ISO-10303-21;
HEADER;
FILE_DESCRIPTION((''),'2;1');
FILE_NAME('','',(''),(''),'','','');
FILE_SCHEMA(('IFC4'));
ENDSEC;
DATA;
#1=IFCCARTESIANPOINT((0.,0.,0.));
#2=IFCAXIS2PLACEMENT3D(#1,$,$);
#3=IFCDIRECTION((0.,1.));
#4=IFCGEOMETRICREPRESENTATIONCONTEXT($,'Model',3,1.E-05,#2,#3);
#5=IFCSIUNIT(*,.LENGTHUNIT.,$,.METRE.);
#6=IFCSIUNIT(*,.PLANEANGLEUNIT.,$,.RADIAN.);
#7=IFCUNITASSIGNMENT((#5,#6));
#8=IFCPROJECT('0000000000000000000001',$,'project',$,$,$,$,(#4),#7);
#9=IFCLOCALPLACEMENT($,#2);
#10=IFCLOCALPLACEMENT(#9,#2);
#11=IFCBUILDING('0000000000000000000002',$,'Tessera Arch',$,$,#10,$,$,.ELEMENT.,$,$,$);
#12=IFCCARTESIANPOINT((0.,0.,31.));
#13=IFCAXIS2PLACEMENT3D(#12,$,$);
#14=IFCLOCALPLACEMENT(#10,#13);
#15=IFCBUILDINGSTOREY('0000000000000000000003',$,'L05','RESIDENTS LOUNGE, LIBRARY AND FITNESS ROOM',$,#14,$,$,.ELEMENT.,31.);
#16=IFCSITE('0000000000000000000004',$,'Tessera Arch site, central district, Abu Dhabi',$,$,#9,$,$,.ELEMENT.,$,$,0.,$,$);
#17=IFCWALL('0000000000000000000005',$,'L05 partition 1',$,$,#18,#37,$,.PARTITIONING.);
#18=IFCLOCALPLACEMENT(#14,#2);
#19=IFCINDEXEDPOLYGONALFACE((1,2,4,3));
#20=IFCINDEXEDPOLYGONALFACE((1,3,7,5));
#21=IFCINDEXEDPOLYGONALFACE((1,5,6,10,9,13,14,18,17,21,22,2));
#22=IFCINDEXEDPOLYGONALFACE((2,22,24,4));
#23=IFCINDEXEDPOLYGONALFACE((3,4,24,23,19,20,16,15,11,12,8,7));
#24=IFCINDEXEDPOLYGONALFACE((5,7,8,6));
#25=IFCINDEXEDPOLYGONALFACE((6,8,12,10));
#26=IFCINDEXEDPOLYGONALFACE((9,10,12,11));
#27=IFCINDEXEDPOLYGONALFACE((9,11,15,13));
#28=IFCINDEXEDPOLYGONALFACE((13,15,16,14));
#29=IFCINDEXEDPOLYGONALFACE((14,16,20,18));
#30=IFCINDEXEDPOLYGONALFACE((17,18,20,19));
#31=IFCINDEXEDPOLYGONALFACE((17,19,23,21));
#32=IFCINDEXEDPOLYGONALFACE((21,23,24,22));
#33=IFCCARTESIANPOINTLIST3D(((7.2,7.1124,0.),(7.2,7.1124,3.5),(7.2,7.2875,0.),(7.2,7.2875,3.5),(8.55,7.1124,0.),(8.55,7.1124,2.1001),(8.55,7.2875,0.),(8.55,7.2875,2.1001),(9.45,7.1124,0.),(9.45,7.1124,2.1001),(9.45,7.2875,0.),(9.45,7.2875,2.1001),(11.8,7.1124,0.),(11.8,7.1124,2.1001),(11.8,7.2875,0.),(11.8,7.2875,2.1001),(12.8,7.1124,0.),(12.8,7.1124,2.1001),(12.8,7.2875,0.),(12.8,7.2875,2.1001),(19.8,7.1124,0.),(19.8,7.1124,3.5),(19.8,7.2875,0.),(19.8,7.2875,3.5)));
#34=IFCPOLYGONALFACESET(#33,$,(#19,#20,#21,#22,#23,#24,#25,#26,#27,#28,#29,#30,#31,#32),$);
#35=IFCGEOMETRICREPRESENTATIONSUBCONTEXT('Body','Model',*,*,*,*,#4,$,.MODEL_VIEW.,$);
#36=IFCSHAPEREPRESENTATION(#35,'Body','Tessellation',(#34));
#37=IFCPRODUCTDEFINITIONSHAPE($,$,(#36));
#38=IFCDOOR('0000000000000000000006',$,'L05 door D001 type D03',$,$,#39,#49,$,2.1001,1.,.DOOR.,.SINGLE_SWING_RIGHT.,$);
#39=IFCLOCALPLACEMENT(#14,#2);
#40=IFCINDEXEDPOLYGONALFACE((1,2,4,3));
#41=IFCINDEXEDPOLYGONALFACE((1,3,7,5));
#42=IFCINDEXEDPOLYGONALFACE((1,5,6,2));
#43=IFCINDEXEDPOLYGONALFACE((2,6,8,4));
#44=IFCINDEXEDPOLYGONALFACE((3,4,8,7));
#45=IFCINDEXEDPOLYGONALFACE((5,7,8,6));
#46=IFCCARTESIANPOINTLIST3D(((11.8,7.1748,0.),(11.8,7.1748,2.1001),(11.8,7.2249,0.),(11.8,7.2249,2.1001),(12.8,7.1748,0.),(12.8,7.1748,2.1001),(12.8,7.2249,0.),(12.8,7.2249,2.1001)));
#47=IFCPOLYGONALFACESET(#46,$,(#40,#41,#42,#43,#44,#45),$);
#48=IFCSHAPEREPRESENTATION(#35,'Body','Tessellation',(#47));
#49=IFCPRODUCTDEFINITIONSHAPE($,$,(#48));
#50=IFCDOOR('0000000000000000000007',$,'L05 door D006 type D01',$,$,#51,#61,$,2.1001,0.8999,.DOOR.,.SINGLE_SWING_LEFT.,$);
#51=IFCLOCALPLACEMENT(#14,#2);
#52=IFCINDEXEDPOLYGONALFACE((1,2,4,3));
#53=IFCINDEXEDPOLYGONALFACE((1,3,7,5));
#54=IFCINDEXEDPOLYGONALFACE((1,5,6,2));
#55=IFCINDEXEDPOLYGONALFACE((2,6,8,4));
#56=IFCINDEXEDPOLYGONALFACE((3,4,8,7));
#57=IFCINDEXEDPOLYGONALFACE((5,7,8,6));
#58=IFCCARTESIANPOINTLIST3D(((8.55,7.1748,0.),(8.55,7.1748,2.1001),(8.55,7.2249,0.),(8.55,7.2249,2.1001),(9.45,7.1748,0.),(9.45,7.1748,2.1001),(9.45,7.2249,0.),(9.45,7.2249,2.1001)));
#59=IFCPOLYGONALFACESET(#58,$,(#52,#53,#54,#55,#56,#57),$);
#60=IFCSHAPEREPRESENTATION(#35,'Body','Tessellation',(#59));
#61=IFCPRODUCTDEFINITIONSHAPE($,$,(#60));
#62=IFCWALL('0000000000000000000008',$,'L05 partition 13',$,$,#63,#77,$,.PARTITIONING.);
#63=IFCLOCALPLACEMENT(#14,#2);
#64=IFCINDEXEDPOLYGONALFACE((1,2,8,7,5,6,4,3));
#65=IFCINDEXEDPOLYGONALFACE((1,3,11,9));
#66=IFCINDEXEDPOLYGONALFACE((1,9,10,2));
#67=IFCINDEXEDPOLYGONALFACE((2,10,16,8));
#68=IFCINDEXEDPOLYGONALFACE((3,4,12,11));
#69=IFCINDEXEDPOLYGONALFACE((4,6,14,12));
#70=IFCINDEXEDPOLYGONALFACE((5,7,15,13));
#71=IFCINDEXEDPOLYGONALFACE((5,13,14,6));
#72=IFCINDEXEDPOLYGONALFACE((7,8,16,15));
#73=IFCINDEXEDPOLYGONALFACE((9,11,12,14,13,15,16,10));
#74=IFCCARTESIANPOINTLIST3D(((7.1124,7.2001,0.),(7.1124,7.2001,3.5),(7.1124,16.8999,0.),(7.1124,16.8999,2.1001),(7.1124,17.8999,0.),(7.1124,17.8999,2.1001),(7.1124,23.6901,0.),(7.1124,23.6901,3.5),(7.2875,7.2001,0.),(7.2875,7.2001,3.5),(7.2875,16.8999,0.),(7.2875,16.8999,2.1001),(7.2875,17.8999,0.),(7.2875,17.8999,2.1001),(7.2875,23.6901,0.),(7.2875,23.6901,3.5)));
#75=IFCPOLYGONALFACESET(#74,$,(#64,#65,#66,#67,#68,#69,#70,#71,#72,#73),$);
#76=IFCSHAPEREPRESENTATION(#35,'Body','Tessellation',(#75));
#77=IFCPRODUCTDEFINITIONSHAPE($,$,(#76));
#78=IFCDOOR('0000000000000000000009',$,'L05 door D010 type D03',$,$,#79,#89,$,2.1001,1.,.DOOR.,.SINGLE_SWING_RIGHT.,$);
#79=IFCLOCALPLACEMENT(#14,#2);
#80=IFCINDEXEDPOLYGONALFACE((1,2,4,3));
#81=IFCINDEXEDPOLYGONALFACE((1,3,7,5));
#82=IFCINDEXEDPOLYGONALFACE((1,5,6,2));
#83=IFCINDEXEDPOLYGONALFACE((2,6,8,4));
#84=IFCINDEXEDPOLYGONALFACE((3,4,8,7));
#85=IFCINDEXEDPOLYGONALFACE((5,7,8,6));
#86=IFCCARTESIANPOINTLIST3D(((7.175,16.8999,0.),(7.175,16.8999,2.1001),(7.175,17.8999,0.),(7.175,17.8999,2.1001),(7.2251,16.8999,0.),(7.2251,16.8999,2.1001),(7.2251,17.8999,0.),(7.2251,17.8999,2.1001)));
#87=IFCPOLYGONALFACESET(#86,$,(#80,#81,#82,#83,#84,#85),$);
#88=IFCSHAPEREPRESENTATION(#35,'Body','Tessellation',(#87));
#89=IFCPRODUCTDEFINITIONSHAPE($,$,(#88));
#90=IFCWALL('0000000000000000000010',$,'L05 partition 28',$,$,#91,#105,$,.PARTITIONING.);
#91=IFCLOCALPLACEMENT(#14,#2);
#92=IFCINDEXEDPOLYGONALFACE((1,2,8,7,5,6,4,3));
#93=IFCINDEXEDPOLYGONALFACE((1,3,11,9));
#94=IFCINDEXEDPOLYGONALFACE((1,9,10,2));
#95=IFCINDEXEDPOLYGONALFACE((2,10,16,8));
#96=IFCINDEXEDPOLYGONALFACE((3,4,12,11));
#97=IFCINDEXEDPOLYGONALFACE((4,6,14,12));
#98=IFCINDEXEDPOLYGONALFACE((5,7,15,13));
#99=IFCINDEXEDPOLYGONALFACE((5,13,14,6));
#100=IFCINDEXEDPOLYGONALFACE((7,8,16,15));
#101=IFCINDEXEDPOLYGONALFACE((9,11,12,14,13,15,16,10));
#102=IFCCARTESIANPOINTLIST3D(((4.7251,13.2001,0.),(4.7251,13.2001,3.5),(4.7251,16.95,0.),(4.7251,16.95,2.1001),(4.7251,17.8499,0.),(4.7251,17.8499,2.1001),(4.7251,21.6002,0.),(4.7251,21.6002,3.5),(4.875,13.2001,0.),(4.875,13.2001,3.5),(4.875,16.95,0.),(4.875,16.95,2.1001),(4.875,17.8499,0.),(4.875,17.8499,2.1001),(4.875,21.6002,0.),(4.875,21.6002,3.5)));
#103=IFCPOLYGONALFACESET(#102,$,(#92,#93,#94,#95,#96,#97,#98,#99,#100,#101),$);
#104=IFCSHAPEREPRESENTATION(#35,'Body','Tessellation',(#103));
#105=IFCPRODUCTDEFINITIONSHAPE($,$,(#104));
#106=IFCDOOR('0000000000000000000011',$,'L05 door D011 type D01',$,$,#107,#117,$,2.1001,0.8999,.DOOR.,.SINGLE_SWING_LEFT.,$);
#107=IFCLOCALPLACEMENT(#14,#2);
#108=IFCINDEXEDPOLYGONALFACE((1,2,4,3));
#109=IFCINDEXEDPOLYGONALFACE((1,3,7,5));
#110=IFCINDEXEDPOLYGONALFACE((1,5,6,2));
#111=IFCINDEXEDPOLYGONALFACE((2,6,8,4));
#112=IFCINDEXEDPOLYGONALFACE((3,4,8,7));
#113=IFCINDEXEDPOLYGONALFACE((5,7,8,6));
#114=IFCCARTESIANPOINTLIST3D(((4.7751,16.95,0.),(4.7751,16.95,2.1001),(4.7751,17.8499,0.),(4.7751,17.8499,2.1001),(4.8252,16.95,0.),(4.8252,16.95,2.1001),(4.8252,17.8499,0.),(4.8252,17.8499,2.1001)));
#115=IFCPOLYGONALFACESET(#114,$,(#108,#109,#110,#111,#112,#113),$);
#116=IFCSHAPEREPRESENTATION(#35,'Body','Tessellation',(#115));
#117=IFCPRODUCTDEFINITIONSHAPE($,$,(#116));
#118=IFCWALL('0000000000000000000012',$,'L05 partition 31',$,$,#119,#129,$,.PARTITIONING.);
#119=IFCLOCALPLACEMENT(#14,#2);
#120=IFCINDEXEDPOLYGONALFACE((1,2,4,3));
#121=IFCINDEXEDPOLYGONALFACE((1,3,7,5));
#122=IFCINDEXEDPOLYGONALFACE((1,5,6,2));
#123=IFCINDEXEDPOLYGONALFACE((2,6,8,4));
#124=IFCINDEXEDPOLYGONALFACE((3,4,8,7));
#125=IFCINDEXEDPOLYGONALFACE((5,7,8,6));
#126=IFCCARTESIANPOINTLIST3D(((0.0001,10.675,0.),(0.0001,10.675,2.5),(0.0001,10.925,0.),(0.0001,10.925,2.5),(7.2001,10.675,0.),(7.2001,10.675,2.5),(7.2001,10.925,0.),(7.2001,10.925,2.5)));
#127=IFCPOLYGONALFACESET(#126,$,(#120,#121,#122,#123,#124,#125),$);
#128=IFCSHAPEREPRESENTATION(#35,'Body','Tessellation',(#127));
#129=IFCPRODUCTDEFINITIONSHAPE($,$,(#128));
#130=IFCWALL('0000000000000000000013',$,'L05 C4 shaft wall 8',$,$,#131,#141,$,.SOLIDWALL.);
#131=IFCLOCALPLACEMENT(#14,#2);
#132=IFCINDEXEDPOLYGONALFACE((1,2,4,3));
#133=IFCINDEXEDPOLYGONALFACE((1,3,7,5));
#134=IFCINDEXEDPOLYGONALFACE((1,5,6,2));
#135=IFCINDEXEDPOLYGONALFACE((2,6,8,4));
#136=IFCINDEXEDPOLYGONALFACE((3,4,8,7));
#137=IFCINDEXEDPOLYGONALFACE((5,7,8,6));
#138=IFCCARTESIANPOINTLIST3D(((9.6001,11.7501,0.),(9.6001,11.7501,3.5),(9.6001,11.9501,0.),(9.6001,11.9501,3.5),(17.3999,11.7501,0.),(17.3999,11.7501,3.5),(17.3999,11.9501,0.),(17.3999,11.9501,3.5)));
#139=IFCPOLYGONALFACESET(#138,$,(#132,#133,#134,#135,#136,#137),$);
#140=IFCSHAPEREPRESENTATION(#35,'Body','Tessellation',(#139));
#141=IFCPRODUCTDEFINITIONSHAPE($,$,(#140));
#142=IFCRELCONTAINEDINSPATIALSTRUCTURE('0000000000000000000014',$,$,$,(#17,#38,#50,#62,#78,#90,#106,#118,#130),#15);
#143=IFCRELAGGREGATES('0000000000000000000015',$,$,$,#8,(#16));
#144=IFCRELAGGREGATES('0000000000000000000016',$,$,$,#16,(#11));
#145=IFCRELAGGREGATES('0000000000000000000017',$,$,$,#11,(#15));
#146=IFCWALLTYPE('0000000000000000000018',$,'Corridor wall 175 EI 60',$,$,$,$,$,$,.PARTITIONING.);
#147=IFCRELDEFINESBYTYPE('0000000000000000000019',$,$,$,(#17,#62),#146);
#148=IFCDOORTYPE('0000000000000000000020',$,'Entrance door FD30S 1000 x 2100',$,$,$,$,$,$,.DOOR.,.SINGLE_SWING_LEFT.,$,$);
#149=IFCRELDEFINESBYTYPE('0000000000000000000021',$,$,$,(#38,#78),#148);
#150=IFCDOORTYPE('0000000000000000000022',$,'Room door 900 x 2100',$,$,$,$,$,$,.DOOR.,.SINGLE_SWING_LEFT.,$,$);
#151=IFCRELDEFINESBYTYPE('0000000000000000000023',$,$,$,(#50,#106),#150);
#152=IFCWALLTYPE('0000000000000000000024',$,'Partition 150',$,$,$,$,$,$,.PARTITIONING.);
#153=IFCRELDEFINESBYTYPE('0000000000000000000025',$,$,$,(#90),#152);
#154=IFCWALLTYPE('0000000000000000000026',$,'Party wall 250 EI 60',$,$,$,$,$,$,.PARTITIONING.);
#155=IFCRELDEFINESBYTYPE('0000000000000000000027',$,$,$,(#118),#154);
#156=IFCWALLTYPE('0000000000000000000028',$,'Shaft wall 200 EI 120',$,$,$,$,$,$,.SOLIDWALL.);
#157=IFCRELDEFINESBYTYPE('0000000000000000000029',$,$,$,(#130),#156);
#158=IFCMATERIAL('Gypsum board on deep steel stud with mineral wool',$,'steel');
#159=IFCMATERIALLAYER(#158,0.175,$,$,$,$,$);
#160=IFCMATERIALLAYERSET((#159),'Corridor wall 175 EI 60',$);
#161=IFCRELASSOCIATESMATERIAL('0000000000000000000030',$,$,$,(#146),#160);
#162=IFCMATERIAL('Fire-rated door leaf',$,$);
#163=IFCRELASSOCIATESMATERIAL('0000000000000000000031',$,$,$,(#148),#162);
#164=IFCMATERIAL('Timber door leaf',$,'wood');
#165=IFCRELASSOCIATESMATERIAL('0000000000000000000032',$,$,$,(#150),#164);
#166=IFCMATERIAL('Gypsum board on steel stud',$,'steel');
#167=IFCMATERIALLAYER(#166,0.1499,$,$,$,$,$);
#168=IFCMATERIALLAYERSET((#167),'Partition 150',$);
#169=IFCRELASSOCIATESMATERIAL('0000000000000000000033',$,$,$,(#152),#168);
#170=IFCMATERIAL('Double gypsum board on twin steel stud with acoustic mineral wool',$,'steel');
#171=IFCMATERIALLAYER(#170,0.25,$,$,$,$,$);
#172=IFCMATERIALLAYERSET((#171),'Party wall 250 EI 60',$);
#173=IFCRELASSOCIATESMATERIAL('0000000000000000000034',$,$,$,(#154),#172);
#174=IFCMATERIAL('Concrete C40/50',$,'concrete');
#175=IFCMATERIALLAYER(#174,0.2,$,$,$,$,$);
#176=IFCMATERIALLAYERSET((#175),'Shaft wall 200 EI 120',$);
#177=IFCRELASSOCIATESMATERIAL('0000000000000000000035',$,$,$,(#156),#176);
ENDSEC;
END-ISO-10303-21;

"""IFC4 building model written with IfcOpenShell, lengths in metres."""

from ifc_helpers import new_model, si_unit, direction, frame, frame_2d, origin, place, context, subcontext, project, spatial, rectangle, extrude, material, layer, layer_set, type_object, element, fill, save


model = new_model("IFC4")

# Units and contexts
model_context = context("Model", 3, precision=1e-05, world=origin(), true_north=direction((0.0, 1.0)))
body_context = subcontext(model_context, "Body", "Model", "MODEL_VIEW")
ifc_project = project(units=[si_unit("LENGTHUNIT", "METRE"), si_unit("PLANEANGLEUNIT", "RADIAN")], contexts=[model_context])

# Site, building, storey
site_placement = place(None, origin())
site = spatial("IfcSite", under=ifc_project, at=site_placement, Name="Tessera Arch site, central district, Abu Dhabi", CompositionType="ELEMENT", RefElevation=0.0)
building_placement = place(site_placement, origin())
building = spatial("IfcBuilding", under=site, at=building_placement, Name="Tessera Arch", CompositionType="ELEMENT")
storey_placement = place(building_placement, frame((0.0, 0.0, 31.0)))
storey = spatial("IfcBuildingStorey", under=building, at=storey_placement, Name="L05", Description="RESIDENTS LOUNGE, LIBRARY AND FITNESS ROOM", CompositionType="ELEMENT", Elevation=31.0)

# Wall, openings, doors
ifc_material_1 = material(Name="Gypsum board on deep steel stud with mineral wool", Category="steel")
ifc_layer_1 = layer(ifc_material_1, 0.175)
ifc_layer_set_1 = layer_set([ifc_layer_1], Name="Corridor wall 175 EI 60")
wall_type_1 = type_object("IfcWallType", Name="Corridor wall 175 EI 60", PredefinedType="PARTITIONING", material=ifc_layer_set_1)
wall_1_placement = place(storey_placement, frame((7.2, 7.2, 0.0), z_axis=(0.0, 0.0, 1.0), x_axis=(1.0, 0.0, 0.0)))
wall_1 = element("IfcWall", 1, at=wall_1_placement, inside=storey, type_object=wall_type_1, Name="L05 partition 1", PredefinedType="PARTITIONING", context=body_context, shape_type="SweptSolid", body=[
    extrude(rectangle(XDim=12.6001, YDim=0.175, at=frame_2d((6.3, 0.0))), origin(), (0.0, 0.0, 1.0), 3.5),
])
opening_1_placement = place(wall_1_placement, frame((4.6001, 0.0, 0.0)))
opening_1 = element("IfcOpeningElement", 2, at=opening_1_placement, cuts=wall_1, PredefinedType="OPENING", context=body_context, shape_type="SweptSolid", body=[
    extrude(rectangle(XDim=1.0, YDim=2.1001, at=frame_2d((0.5, 1.05))), frame((0.0, 0.0974, 0.0), z_axis=(0.0, -1.0, 0.0), x_axis=(1.0, 0.0, 0.0)), (0.0, 0.0, 1.0), 0.1951),
])
opening_2_placement = place(wall_1_placement, frame((1.3501, 0.0, 0.0)))
opening_2 = element("IfcOpeningElement", 3, at=opening_2_placement, cuts=wall_1, PredefinedType="OPENING", context=body_context, shape_type="SweptSolid", body=[
    extrude(rectangle(XDim=0.8999, YDim=2.1001, at=frame_2d((0.45, 1.05))), frame((0.0, 0.0974, 0.0), z_axis=(0.0, -1.0, 0.0), x_axis=(1.0, 0.0, 0.0)), (0.0, 0.0, 1.0), 0.1951),
])
ifc_material_2 = material(Name="Fire-rated door leaf")
door_type_1 = type_object("IfcDoorType", Name="Entrance door FD30S 1000 x 2100", OperationType="SINGLE_SWING_LEFT", PredefinedType="DOOR", material=ifc_material_2)
door_1_placement = place(opening_1_placement, origin())
door_1 = element("IfcDoor", 4, at=door_1_placement, inside=storey, type_object=door_type_1, Name="L05 door D001 type D03", OperationType="SINGLE_SWING_RIGHT", OverallHeight=2.1001, OverallWidth=1.0, PredefinedType="DOOR", context=body_context, shape_type="SweptSolid", body=[
    extrude(rectangle(XDim=1.0, YDim=2.1001, at=frame_2d((0.5, 1.05))), frame((0.0, 0.0249, 0.0), z_axis=(0.0, -1.0, 0.0), x_axis=(1.0, 0.0, 0.0)), (0.0, 0.0, 1.0), 0.05),
])
fill(opening_1, door_1)
ifc_material_3 = material(Name="Timber door leaf", Category="wood")
door_type_2 = type_object("IfcDoorType", Name="Room door 900 x 2100", OperationType="SINGLE_SWING_LEFT", PredefinedType="DOOR", material=ifc_material_3)
door_2_placement = place(opening_2_placement, origin())
door_2 = element("IfcDoor", 5, at=door_2_placement, inside=storey, type_object=door_type_2, Name="L05 door D006 type D01", OperationType="SINGLE_SWING_LEFT", OverallHeight=2.1001, OverallWidth=0.8999, PredefinedType="DOOR", context=body_context, shape_type="SweptSolid", body=[
    extrude(rectangle(XDim=0.8999, YDim=2.1001, at=frame_2d((0.45, 1.05))), frame((0.0, 0.0249, 0.0), z_axis=(0.0, -1.0, 0.0), x_axis=(1.0, 0.0, 0.0)), (0.0, 0.0, 1.0), 0.05),
])
fill(opening_2, door_2)

# Walls, openings, doors
wall_2_placement = place(storey_placement, frame((7.2, 7.2, 0.0), z_axis=(0.0, 0.0, 1.0), x_axis=(0.0, 1.0, 0.0)))
wall_2 = element("IfcWall", 6, at=wall_2_placement, inside=storey, type_object=wall_type_1, Name="L05 partition 13", PredefinedType="PARTITIONING", context=body_context, shape_type="SweptSolid", body=[
    extrude(rectangle(XDim=16.49, YDim=0.175, at=frame_2d((8.2451, 0.0))), origin(), (0.0, 0.0, 1.0), 3.5),
])
opening_3_placement = place(wall_2_placement, frame((9.7, 0.0, 0.0)))
opening_3 = element("IfcOpeningElement", 7, at=opening_3_placement, cuts=wall_2, PredefinedType="OPENING", context=body_context, shape_type="SweptSolid", body=[
    extrude(rectangle(XDim=1.0, YDim=2.1001, at=frame_2d((0.5, 1.05))), frame((0.0, 0.0974, 0.0), z_axis=(0.0, -1.0, 0.0), x_axis=(1.0, 0.0, 0.0)), (0.0, 0.0, 1.0), 0.1951),
])
door_3_placement = place(opening_3_placement, origin())
door_3 = element("IfcDoor", 8, at=door_3_placement, inside=storey, type_object=door_type_1, Name="L05 door D010 type D03", OperationType="SINGLE_SWING_RIGHT", OverallHeight=2.1001, OverallWidth=1.0, PredefinedType="DOOR", context=body_context, shape_type="SweptSolid", body=[
    extrude(rectangle(XDim=1.0, YDim=2.1001, at=frame_2d((0.5, 1.05))), frame((0.0, 0.0249, 0.0), z_axis=(0.0, -1.0, 0.0), x_axis=(1.0, 0.0, 0.0)), (0.0, 0.0, 1.0), 0.05),
])
fill(opening_3, door_3)
ifc_material_4 = material(Name="Gypsum board on steel stud", Category="steel")
ifc_layer_2 = layer(ifc_material_4, 0.1499)
ifc_layer_set_2 = layer_set([ifc_layer_2], Name="Partition 150")
wall_type_2 = type_object("IfcWallType", Name="Partition 150", PredefinedType="PARTITIONING", material=ifc_layer_set_2)
wall_3_placement = place(storey_placement, frame((4.8, 13.2, 0.0), z_axis=(0.0, 0.0, 1.0), x_axis=(0.0, 1.0, 0.0)))
wall_3 = element("IfcWall", 9, at=wall_3_placement, inside=storey, type_object=wall_type_2, Name="L05 partition 28", PredefinedType="PARTITIONING", context=body_context, shape_type="SweptSolid", body=[
    extrude(rectangle(XDim=8.4001, YDim=0.1499, at=frame_2d((4.2002, 0.0))), origin(), (0.0, 0.0, 1.0), 3.5),
])
opening_4_placement = place(wall_3_placement, frame((3.75, 0.0, 0.0)))
opening_4 = element("IfcOpeningElement", 10, at=opening_4_placement, cuts=wall_3, PredefinedType="OPENING", context=body_context, shape_type="SweptSolid", body=[
    extrude(rectangle(XDim=0.8999, YDim=2.1001, at=frame_2d((0.45, 1.05))), frame((0.0, 0.085, 0.0), z_axis=(0.0, -1.0, 0.0), x_axis=(1.0, 0.0, 0.0)), (0.0, 0.0, 1.0), 0.1699),
])
door_4_placement = place(opening_4_placement, origin())
door_4 = element("IfcDoor", 11, at=door_4_placement, inside=storey, type_object=door_type_2, Name="L05 door D011 type D01", OperationType="SINGLE_SWING_LEFT", OverallHeight=2.1001, OverallWidth=0.8999, PredefinedType="DOOR", context=body_context, shape_type="SweptSolid", body=[
    extrude(rectangle(XDim=0.8999, YDim=2.1001, at=frame_2d((0.45, 1.05))), frame((0.0, 0.0249, 0.0), z_axis=(0.0, -1.0, 0.0), x_axis=(1.0, 0.0, 0.0)), (0.0, 0.0, 1.0), 0.05),
])
fill(opening_4, door_4)

# Walls
ifc_material_5 = material(Name="Double gypsum board on twin steel stud with acoustic mineral wool", Category="steel")
ifc_layer_3 = layer(ifc_material_5, 0.25)
ifc_layer_set_3 = layer_set([ifc_layer_3], Name="Party wall 250 EI 60")
wall_type_3 = type_object("IfcWallType", Name="Party wall 250 EI 60", PredefinedType="PARTITIONING", material=ifc_layer_set_3)
wall_4_placement = place(storey_placement, frame((0.0, 10.8, 0.0), z_axis=(0.0, 0.0, 1.0), x_axis=(1.0, 0.0, 0.0)))
element("IfcWall", 12, at=wall_4_placement, inside=storey, type_object=wall_type_3, Name="L05 partition 31", PredefinedType="PARTITIONING", context=body_context, shape_type="SweptSolid", body=[
    extrude(rectangle(XDim=7.2, YDim=0.25, at=frame_2d((3.6001, 0.0))), origin(), (0.0, 0.0, 1.0), 2.5),
])
ifc_material_6 = material(Name="Concrete C40/50", Category="concrete")
ifc_layer_4 = layer(ifc_material_6, 0.2)
ifc_layer_set_4 = layer_set([ifc_layer_4], Name="Shaft wall 200 EI 120")
wall_type_4 = type_object("IfcWallType", Name="Shaft wall 200 EI 120", PredefinedType="SOLIDWALL", material=ifc_layer_set_4)
wall_5_placement = place(storey_placement, frame((9.6001, 11.8501, 0.0), z_axis=(0.0, 0.0, 1.0), x_axis=(1.0, 0.0, 0.0)))
element("IfcWall", 13, at=wall_5_placement, inside=storey, type_object=wall_type_4, Name="L05 C4 shaft wall 8", PredefinedType="SOLIDWALL", context=body_context, shape_type="SweptSolid", body=[
    extrude(rectangle(XDim=7.7998, YDim=0.2, at=frame_2d((3.8999, 0.0))), origin(), (0.0, 0.0, 1.0), 3.5),
])

save(model, "model.ifc")
